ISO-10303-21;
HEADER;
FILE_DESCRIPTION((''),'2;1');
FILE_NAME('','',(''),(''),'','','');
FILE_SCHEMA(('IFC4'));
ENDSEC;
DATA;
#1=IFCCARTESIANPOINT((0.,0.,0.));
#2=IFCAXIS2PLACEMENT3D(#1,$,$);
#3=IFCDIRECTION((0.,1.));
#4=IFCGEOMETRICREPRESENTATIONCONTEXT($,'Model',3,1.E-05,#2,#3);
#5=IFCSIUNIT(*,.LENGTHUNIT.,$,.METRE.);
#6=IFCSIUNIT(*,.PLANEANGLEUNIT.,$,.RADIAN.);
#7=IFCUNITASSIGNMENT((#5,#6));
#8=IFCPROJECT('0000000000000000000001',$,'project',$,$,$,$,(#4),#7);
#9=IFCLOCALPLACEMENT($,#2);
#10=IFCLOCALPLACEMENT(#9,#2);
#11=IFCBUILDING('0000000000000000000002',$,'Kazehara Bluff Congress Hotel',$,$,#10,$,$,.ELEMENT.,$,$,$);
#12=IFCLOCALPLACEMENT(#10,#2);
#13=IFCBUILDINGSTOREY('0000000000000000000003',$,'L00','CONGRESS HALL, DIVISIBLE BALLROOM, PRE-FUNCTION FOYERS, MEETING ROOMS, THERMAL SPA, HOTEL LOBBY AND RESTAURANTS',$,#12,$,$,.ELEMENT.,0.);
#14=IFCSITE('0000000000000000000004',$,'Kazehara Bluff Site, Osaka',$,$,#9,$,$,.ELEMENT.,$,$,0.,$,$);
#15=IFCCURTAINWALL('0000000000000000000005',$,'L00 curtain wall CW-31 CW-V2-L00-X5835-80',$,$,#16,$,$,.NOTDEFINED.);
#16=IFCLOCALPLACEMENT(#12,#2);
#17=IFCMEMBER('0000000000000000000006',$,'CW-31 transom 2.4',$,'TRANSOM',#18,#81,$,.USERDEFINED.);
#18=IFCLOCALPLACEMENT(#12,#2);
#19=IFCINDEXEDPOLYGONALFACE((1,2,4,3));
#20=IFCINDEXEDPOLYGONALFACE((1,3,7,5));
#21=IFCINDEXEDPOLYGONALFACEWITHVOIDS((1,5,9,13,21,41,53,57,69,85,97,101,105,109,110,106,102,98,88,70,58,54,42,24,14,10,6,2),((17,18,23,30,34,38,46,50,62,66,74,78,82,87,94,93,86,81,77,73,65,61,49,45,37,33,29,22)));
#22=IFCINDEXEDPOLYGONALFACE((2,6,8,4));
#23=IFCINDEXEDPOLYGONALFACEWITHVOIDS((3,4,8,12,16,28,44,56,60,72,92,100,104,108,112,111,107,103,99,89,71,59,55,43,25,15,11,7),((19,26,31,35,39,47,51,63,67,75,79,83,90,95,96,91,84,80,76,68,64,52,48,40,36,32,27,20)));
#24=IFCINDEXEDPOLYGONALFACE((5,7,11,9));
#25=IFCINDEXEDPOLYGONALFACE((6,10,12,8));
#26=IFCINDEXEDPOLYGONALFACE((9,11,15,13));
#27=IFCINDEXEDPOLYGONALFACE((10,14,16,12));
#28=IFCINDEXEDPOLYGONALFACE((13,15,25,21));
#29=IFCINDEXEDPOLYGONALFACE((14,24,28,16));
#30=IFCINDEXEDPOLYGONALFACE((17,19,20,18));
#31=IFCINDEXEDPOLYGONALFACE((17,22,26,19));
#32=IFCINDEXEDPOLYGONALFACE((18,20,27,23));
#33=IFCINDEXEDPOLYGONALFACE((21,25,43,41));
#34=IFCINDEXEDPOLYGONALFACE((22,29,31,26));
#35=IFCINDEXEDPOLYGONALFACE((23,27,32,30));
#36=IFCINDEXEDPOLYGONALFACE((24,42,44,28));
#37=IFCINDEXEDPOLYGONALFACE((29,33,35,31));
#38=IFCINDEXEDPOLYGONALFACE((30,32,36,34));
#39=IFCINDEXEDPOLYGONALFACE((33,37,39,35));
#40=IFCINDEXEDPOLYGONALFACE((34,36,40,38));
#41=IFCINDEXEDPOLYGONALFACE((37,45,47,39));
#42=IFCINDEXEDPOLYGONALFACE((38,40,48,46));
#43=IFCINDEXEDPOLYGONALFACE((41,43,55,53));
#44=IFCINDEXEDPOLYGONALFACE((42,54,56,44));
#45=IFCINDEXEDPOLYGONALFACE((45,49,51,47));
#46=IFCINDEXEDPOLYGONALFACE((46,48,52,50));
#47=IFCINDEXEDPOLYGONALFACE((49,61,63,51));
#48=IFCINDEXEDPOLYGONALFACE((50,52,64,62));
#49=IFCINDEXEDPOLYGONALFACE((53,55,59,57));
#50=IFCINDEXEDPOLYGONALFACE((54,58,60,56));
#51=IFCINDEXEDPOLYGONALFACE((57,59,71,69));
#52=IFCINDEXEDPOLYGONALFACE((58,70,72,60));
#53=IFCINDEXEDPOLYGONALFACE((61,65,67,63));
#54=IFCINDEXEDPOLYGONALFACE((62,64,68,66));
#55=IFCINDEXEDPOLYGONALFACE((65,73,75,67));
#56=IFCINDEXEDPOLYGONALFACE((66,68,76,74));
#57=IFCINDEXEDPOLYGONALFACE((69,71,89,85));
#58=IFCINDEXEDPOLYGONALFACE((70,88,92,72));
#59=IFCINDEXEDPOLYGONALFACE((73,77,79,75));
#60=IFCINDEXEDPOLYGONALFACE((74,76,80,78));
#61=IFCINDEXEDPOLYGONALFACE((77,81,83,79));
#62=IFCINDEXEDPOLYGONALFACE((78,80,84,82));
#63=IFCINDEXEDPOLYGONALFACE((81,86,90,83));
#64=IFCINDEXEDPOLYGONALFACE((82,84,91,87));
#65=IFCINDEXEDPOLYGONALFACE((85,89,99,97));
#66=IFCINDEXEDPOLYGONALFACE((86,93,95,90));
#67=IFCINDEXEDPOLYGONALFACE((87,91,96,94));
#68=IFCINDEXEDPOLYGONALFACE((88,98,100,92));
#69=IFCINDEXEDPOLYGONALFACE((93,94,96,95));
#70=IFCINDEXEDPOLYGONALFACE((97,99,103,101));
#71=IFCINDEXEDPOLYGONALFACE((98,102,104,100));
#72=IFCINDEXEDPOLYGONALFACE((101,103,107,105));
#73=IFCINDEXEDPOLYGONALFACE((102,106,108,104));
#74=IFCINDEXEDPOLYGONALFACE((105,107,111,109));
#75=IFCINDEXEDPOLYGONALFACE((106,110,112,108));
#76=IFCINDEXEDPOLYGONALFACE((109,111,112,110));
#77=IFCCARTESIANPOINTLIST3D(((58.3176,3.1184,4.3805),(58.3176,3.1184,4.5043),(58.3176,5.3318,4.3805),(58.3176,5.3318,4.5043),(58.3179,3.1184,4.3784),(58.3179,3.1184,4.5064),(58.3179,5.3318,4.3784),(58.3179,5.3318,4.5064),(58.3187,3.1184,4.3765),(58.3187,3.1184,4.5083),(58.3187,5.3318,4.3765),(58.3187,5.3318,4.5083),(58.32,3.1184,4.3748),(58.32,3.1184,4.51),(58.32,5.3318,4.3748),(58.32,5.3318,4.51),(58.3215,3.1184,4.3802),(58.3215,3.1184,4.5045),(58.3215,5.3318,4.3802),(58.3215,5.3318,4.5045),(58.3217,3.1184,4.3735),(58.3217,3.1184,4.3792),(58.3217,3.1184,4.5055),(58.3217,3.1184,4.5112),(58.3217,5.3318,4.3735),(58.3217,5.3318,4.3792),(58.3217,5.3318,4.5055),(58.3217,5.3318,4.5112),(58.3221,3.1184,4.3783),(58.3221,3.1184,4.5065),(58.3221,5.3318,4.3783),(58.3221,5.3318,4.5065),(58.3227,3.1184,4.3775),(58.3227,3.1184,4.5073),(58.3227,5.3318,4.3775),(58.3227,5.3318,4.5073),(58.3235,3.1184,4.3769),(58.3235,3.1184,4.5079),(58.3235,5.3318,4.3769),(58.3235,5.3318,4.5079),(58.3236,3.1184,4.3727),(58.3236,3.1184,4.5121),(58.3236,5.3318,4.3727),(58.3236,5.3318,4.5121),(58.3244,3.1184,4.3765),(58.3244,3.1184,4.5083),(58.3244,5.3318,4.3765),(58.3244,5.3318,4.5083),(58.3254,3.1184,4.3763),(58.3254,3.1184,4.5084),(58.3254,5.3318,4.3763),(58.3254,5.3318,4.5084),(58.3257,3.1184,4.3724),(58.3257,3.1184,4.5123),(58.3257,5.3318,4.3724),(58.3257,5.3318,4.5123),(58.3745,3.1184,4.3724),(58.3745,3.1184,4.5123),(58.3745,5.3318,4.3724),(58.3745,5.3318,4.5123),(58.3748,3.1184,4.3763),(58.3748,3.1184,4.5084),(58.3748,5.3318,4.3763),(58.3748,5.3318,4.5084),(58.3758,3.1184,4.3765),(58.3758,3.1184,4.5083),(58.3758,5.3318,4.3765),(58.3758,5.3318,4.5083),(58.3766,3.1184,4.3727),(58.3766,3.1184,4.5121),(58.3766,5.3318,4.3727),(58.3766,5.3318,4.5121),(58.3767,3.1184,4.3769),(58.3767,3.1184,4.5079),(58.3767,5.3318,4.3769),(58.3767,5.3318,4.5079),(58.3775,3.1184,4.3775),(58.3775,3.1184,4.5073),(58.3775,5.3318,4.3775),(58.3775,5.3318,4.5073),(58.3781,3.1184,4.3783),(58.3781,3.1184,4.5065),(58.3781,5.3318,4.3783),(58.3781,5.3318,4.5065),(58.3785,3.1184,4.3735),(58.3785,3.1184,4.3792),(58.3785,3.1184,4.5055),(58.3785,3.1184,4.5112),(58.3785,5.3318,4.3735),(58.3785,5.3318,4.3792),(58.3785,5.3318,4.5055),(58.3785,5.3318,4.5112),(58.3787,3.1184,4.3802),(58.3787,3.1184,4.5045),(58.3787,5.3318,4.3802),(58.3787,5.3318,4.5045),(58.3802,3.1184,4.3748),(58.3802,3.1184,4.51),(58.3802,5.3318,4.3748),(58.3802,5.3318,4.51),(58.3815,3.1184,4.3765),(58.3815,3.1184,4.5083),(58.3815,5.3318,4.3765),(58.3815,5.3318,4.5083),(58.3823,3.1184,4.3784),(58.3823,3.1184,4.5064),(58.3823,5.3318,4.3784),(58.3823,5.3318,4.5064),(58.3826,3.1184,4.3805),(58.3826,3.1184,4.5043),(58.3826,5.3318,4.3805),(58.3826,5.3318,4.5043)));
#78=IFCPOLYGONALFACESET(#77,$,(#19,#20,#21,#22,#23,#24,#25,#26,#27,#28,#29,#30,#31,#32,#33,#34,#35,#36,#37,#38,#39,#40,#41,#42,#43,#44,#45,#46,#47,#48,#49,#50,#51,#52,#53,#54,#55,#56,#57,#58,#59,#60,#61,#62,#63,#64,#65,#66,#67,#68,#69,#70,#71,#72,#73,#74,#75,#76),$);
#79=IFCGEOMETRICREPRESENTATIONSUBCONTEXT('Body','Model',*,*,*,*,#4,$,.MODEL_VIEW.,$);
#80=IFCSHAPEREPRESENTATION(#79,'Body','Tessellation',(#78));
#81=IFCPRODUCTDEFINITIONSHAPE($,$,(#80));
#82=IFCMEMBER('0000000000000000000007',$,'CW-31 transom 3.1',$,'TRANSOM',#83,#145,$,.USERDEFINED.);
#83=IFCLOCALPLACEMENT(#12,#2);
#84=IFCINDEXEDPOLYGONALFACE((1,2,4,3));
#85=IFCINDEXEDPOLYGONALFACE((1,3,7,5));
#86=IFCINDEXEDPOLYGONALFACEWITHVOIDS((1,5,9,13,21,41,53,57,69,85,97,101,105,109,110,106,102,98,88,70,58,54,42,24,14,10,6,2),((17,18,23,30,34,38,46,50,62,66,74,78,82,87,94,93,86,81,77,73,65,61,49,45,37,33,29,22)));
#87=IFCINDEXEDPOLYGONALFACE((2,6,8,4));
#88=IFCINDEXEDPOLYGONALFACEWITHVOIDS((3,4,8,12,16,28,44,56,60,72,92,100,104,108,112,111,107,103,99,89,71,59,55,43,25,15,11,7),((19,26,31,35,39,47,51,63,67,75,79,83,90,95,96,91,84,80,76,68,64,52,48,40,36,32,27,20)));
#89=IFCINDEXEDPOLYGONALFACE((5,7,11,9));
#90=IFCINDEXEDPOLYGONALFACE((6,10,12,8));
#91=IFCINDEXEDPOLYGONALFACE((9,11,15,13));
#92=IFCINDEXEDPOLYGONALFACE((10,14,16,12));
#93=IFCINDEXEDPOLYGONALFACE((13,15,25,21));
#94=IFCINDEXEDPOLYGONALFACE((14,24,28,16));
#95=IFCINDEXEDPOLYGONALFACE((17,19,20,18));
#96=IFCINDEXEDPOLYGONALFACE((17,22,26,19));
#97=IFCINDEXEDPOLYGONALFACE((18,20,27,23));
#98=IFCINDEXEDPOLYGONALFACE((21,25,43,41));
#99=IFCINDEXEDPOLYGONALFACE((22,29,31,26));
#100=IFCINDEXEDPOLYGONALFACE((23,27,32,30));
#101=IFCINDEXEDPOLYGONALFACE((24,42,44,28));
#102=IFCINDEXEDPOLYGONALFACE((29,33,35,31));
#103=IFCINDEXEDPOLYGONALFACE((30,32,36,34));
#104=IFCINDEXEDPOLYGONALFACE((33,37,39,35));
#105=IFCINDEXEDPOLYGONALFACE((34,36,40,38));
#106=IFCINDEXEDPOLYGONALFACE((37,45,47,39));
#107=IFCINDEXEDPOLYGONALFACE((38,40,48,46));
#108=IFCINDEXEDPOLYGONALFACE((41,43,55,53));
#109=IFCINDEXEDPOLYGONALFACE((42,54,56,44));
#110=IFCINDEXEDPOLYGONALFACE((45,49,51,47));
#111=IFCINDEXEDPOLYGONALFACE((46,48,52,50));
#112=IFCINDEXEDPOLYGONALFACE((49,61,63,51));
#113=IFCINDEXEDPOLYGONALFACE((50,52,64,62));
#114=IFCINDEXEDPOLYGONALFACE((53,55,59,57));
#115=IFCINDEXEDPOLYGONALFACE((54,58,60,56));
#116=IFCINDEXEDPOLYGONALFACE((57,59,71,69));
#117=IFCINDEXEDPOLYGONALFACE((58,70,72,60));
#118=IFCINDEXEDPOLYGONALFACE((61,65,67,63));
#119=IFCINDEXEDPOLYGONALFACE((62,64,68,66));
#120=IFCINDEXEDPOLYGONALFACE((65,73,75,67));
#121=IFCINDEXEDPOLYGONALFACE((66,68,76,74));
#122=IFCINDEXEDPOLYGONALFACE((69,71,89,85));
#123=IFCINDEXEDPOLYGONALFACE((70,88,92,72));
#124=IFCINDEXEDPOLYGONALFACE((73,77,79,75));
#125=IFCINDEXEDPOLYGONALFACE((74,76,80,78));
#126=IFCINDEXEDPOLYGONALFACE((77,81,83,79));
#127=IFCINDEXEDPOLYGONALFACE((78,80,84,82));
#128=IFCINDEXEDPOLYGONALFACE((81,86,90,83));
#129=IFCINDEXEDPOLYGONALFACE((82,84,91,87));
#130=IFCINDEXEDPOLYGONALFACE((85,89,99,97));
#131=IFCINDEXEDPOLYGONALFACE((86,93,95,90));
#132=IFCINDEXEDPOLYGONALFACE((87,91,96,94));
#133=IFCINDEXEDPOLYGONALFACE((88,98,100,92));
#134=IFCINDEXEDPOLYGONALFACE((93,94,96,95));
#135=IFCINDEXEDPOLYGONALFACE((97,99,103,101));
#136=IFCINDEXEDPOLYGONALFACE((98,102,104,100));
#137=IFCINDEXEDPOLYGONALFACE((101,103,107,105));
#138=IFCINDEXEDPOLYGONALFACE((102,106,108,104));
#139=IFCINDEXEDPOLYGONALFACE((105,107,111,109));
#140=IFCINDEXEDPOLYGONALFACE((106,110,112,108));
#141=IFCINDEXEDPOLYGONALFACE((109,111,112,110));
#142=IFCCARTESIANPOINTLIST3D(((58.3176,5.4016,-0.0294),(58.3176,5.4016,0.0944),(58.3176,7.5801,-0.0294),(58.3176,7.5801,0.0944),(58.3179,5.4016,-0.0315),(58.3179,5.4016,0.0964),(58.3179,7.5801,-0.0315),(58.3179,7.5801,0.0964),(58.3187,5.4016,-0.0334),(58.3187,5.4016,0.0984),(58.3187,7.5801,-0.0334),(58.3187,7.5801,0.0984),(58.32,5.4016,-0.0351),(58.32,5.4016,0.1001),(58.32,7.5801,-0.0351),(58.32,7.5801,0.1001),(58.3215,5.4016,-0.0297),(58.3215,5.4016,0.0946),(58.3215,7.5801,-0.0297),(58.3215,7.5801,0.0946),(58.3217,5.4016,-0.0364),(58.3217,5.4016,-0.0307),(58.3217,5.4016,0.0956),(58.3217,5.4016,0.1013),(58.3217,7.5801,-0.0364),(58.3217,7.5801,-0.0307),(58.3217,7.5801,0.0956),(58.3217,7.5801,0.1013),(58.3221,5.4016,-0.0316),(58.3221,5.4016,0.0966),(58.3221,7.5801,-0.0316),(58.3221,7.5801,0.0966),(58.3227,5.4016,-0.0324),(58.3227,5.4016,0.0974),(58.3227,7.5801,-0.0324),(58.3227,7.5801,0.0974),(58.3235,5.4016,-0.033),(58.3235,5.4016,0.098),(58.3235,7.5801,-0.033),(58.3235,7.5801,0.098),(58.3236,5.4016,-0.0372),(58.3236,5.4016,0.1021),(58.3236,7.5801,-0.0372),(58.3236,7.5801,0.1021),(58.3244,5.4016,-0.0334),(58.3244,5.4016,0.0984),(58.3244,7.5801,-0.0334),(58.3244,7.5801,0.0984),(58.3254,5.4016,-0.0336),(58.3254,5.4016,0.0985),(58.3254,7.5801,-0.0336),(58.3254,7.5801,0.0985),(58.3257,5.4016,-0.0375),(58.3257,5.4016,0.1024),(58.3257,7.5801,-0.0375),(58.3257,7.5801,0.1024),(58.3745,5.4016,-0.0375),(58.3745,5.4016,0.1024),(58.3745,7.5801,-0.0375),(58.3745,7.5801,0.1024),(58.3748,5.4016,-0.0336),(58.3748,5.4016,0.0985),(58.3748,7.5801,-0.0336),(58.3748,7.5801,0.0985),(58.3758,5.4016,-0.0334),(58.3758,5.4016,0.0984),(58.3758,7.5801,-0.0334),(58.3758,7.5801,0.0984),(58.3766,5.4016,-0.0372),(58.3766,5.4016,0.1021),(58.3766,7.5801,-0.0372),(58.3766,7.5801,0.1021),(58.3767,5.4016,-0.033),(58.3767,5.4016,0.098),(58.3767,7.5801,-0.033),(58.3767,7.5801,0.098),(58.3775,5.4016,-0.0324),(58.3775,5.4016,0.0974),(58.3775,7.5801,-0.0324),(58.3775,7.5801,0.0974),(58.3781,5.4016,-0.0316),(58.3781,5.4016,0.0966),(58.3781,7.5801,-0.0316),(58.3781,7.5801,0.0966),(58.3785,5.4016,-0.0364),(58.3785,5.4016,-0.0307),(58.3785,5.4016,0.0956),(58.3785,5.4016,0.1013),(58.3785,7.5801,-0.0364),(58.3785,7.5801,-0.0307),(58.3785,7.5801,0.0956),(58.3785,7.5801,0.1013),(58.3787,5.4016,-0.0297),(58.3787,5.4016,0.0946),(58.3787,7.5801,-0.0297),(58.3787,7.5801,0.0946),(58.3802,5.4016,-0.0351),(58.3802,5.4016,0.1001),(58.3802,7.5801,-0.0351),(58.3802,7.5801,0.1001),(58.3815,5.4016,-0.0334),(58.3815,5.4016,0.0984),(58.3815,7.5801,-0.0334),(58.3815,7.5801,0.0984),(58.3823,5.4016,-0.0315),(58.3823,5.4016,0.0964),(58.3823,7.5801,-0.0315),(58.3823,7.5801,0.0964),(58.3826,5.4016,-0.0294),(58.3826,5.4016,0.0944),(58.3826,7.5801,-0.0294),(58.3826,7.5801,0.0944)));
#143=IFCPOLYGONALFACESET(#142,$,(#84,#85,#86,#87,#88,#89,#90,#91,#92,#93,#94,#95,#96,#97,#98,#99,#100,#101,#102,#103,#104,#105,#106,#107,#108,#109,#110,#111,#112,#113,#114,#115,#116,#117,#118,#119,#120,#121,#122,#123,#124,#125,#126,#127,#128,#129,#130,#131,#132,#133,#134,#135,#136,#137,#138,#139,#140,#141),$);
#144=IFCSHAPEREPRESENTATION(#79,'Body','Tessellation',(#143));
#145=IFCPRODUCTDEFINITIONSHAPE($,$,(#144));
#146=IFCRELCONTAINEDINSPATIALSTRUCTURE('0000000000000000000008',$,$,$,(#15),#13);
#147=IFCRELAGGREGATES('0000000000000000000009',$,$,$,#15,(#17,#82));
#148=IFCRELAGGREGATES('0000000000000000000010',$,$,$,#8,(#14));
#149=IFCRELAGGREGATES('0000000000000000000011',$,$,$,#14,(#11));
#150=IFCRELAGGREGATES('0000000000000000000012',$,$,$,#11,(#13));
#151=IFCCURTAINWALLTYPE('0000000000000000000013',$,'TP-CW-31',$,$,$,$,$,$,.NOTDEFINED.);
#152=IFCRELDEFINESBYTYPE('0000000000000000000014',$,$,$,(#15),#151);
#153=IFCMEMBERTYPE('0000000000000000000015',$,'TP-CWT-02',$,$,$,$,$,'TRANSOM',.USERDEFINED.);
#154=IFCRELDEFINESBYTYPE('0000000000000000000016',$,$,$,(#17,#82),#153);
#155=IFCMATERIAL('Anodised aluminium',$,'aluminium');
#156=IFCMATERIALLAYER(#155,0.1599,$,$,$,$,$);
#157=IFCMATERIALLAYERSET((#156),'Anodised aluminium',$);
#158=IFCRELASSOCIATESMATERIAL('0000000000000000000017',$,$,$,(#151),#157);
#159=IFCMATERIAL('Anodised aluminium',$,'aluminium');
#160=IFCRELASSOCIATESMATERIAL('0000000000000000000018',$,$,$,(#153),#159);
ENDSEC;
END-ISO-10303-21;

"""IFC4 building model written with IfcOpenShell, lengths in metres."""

from ifc_helpers import new_model, si_unit, direction, frame, origin, origin_2d, place, context, subcontext, project, spatial, hollow_rectangle, extrude, material, layer, layer_set, material_profile, profile_set, type_object, element, aggregate, save


model = new_model("IFC4")

# Units and contexts
model_context = context("Model", 3, precision=1e-05, world=origin(), true_north=direction((0.0, 1.0)))
body_context = subcontext(model_context, "Body", "Model", "MODEL_VIEW")
ifc_project = project(units=[si_unit("LENGTHUNIT", "METRE"), si_unit("PLANEANGLEUNIT", "RADIAN")], contexts=[model_context])

# Site, building, storey
site_placement = place(None, origin())
site = spatial("IfcSite", under=ifc_project, at=site_placement, Name="Kazehara Bluff Site, Osaka", CompositionType="ELEMENT", RefElevation=0.0)
building_placement = place(site_placement, origin())
building = spatial("IfcBuilding", under=site, at=building_placement, Name="Kazehara Bluff Congress Hotel", CompositionType="ELEMENT")
storey_placement = place(building_placement, origin())
storey = spatial("IfcBuildingStorey", under=building, at=storey_placement, Name="L00", Description="CONGRESS HALL, DIVISIBLE BALLROOM, PRE-FUNCTION FOYERS, MEETING ROOMS, THERMAL SPA, HOTEL LOBBY AND RESTAURANTS", CompositionType="ELEMENT", Elevation=0.0)

# Curtain wall, members
ifc_material_1 = material(Name="Anodised aluminium", Category="aluminium")
ifc_layer_1 = layer(ifc_material_1, 0.1599)
ifc_layer_set_1 = layer_set([ifc_layer_1], Name="Anodised aluminium")
curtain_wall_type = type_object("IfcCurtainWallType", Name="TP-CW-31", PredefinedType="NOTDEFINED", material=ifc_layer_set_1)
curtain_wall_placement = place(storey_placement, origin())
curtain_wall = element("IfcCurtainWall", 1, at=curtain_wall_placement, inside=storey, type_object=curtain_wall_type, Name="L00 curtain wall CW-31 CW-V2-L00-X5835-80", PredefinedType="NOTDEFINED")
ifc_material_2 = material(Name="Anodised aluminium", Category="aluminium")
ifc_material_profile_1 = material_profile(ifc_material_2, hollow_rectangle(XDim=0.0649, YDim=0.1399, WallThickness=0.0039, InnerFilletRadius=0.0039, OuterFilletRadius=0.0081, at=origin_2d()))
ifc_profile_set_1 = profile_set([ifc_material_profile_1], Name="Anodised aluminium")
member_type_1 = type_object("IfcMemberType", Name="TP-CWT-02", ElementType="TRANSOM", PredefinedType="USERDEFINED", material=ifc_profile_set_1)
member_1_placement = place(storey_placement, frame((58.3501, 3.1184, 4.4424), z_axis=(0.0, 1.0, 0.0), x_axis=(-1.0, 0.0, 0.0)))
member_1 = element("IfcMember", 2, at=member_1_placement, type_object=member_type_1, Name="CW-31 transom 2.4", ObjectType="TRANSOM", PredefinedType="USERDEFINED", context=body_context, shape_type="SweptSolid", body=[
    extrude(hollow_rectangle(XDim=0.0649, YDim=0.1399, WallThickness=0.0039, InnerFilletRadius=0.0039, OuterFilletRadius=0.0081, at=origin_2d()), origin(), (0.0, 0.0, 1.0), 2.2134),
])
member_2_placement = place(storey_placement, frame((58.3501, 5.4016, 0.0325), z_axis=(0.0, 1.0, 0.0), x_axis=(-1.0, 0.0, 0.0)))
member_2 = element("IfcMember", 3, at=member_2_placement, type_object=member_type_1, Name="CW-31 transom 3.1", ObjectType="TRANSOM", PredefinedType="USERDEFINED", context=body_context, shape_type="SweptSolid", body=[
    extrude(hollow_rectangle(XDim=0.0649, YDim=0.1399, WallThickness=0.0039, InnerFilletRadius=0.0039, OuterFilletRadius=0.0081, at=origin_2d()), origin(), (0.0, 0.0, 1.0), 2.1785),
])

aggregate(curtain_wall, [member_1, member_2])

save(model, "model.ifc")
